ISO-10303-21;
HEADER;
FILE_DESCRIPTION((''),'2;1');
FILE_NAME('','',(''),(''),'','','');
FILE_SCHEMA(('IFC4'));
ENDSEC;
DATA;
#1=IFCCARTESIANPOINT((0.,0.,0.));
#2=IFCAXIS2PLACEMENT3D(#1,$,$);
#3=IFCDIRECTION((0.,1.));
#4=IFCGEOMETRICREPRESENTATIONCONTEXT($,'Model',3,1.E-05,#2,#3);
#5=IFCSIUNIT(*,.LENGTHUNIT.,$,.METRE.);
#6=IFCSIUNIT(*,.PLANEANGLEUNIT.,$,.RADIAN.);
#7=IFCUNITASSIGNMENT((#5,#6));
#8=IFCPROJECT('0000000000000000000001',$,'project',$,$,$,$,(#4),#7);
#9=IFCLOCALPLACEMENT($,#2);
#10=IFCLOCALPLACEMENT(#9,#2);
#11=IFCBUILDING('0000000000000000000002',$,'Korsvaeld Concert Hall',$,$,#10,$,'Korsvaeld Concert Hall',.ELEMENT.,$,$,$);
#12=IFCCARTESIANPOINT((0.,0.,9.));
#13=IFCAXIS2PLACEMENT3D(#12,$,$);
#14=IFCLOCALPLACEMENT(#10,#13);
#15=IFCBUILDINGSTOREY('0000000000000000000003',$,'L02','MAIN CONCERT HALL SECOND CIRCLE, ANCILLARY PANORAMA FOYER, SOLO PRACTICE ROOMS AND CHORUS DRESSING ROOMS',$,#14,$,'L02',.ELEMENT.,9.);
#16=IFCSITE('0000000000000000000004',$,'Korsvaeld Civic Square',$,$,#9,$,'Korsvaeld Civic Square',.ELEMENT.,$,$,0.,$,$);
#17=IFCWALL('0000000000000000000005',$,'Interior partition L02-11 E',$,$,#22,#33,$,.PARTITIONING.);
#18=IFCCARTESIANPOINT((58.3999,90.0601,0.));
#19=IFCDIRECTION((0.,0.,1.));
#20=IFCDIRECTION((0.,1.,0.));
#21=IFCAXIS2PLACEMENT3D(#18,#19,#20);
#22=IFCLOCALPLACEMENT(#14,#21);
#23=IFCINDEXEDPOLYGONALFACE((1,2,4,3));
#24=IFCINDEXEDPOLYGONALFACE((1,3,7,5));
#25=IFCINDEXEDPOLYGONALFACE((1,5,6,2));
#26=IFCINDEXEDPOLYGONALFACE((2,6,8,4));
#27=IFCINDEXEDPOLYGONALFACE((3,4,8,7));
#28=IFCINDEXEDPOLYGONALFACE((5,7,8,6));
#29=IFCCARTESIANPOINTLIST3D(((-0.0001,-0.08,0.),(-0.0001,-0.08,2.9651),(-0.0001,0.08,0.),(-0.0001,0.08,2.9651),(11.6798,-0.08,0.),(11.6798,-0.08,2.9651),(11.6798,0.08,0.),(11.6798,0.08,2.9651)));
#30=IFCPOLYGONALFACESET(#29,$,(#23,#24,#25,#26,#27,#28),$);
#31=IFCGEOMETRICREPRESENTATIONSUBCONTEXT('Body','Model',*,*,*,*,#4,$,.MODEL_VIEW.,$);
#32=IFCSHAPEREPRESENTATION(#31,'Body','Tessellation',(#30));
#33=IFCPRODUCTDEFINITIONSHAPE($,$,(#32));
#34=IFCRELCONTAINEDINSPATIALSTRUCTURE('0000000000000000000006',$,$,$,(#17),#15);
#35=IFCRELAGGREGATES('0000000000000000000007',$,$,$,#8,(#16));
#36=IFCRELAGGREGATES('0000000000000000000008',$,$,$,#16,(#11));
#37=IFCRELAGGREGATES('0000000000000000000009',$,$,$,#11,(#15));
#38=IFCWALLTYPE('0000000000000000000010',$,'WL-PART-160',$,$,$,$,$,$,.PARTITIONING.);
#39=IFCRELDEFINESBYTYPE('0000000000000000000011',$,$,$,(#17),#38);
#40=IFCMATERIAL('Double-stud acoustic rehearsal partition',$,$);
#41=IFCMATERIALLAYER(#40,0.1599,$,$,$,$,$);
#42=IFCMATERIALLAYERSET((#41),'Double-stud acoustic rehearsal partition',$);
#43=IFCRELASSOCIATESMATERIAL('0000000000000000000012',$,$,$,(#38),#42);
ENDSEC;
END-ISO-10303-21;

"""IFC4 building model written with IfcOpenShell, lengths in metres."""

from ifc_helpers import new_model, si_unit, direction, frame, frame_2d, origin, place, context, subcontext, project, spatial, rectangle, extrude, material, layer, layer_set, type_object, element, save


model = new_model("IFC4")

# Units and contexts
model_context = context("Model", 3, precision=1e-05, world=origin(), true_north=direction((0.0, 1.0)))
body_context = subcontext(model_context, "Body", "Model", "MODEL_VIEW")
ifc_project = project(units=[si_unit("LENGTHUNIT", "METRE"), si_unit("PLANEANGLEUNIT", "RADIAN")], contexts=[model_context])

# Site, building, storey
site_placement = place(None, origin())
site = spatial("IfcSite", under=ifc_project, at=site_placement, Name="Korsvaeld Civic Square", LongName="Korsvaeld Civic Square", CompositionType="ELEMENT", RefElevation=0.0)
building_placement = place(site_placement, origin())
building = spatial("IfcBuilding", under=site, at=building_placement, Name="Korsvaeld Concert Hall", LongName="Korsvaeld Concert Hall", CompositionType="ELEMENT")
storey_placement = place(building_placement, frame((0.0, 0.0, 9.0)))
storey = spatial("IfcBuildingStorey", under=building, at=storey_placement, Name="L02", Description="MAIN CONCERT HALL SECOND CIRCLE, ANCILLARY PANORAMA FOYER, SOLO PRACTICE ROOMS AND CHORUS DRESSING ROOMS", LongName="L02", CompositionType="ELEMENT", Elevation=9.0)

# Wall
ifc_material_1 = material(Name="Double-stud acoustic rehearsal partition")
ifc_layer_1 = layer(ifc_material_1, 0.1599)
ifc_layer_set_1 = layer_set([ifc_layer_1], Name="Double-stud acoustic rehearsal partition")
wall_type_1 = type_object("IfcWallType", Name="WL-PART-160", PredefinedType="PARTITIONING", material=ifc_layer_set_1)
wall_1_placement = place(storey_placement, frame((58.3999, 90.0601, 0.0), z_axis=(0.0, 0.0, 1.0), x_axis=(0.0, 1.0, 0.0)))
element("IfcWall", 1, at=wall_1_placement, inside=storey, type_object=wall_type_1, Name="Interior partition L02-11 E", PredefinedType="PARTITIONING", context=body_context, shape_type="SweptSolid", body=[
    extrude(rectangle(XDim=11.6799, YDim=0.1599, at=frame_2d((5.8398, 0.0))), origin(), (0.0, 0.0, 1.0), 2.9651),
])

save(model, "model.ifc")
